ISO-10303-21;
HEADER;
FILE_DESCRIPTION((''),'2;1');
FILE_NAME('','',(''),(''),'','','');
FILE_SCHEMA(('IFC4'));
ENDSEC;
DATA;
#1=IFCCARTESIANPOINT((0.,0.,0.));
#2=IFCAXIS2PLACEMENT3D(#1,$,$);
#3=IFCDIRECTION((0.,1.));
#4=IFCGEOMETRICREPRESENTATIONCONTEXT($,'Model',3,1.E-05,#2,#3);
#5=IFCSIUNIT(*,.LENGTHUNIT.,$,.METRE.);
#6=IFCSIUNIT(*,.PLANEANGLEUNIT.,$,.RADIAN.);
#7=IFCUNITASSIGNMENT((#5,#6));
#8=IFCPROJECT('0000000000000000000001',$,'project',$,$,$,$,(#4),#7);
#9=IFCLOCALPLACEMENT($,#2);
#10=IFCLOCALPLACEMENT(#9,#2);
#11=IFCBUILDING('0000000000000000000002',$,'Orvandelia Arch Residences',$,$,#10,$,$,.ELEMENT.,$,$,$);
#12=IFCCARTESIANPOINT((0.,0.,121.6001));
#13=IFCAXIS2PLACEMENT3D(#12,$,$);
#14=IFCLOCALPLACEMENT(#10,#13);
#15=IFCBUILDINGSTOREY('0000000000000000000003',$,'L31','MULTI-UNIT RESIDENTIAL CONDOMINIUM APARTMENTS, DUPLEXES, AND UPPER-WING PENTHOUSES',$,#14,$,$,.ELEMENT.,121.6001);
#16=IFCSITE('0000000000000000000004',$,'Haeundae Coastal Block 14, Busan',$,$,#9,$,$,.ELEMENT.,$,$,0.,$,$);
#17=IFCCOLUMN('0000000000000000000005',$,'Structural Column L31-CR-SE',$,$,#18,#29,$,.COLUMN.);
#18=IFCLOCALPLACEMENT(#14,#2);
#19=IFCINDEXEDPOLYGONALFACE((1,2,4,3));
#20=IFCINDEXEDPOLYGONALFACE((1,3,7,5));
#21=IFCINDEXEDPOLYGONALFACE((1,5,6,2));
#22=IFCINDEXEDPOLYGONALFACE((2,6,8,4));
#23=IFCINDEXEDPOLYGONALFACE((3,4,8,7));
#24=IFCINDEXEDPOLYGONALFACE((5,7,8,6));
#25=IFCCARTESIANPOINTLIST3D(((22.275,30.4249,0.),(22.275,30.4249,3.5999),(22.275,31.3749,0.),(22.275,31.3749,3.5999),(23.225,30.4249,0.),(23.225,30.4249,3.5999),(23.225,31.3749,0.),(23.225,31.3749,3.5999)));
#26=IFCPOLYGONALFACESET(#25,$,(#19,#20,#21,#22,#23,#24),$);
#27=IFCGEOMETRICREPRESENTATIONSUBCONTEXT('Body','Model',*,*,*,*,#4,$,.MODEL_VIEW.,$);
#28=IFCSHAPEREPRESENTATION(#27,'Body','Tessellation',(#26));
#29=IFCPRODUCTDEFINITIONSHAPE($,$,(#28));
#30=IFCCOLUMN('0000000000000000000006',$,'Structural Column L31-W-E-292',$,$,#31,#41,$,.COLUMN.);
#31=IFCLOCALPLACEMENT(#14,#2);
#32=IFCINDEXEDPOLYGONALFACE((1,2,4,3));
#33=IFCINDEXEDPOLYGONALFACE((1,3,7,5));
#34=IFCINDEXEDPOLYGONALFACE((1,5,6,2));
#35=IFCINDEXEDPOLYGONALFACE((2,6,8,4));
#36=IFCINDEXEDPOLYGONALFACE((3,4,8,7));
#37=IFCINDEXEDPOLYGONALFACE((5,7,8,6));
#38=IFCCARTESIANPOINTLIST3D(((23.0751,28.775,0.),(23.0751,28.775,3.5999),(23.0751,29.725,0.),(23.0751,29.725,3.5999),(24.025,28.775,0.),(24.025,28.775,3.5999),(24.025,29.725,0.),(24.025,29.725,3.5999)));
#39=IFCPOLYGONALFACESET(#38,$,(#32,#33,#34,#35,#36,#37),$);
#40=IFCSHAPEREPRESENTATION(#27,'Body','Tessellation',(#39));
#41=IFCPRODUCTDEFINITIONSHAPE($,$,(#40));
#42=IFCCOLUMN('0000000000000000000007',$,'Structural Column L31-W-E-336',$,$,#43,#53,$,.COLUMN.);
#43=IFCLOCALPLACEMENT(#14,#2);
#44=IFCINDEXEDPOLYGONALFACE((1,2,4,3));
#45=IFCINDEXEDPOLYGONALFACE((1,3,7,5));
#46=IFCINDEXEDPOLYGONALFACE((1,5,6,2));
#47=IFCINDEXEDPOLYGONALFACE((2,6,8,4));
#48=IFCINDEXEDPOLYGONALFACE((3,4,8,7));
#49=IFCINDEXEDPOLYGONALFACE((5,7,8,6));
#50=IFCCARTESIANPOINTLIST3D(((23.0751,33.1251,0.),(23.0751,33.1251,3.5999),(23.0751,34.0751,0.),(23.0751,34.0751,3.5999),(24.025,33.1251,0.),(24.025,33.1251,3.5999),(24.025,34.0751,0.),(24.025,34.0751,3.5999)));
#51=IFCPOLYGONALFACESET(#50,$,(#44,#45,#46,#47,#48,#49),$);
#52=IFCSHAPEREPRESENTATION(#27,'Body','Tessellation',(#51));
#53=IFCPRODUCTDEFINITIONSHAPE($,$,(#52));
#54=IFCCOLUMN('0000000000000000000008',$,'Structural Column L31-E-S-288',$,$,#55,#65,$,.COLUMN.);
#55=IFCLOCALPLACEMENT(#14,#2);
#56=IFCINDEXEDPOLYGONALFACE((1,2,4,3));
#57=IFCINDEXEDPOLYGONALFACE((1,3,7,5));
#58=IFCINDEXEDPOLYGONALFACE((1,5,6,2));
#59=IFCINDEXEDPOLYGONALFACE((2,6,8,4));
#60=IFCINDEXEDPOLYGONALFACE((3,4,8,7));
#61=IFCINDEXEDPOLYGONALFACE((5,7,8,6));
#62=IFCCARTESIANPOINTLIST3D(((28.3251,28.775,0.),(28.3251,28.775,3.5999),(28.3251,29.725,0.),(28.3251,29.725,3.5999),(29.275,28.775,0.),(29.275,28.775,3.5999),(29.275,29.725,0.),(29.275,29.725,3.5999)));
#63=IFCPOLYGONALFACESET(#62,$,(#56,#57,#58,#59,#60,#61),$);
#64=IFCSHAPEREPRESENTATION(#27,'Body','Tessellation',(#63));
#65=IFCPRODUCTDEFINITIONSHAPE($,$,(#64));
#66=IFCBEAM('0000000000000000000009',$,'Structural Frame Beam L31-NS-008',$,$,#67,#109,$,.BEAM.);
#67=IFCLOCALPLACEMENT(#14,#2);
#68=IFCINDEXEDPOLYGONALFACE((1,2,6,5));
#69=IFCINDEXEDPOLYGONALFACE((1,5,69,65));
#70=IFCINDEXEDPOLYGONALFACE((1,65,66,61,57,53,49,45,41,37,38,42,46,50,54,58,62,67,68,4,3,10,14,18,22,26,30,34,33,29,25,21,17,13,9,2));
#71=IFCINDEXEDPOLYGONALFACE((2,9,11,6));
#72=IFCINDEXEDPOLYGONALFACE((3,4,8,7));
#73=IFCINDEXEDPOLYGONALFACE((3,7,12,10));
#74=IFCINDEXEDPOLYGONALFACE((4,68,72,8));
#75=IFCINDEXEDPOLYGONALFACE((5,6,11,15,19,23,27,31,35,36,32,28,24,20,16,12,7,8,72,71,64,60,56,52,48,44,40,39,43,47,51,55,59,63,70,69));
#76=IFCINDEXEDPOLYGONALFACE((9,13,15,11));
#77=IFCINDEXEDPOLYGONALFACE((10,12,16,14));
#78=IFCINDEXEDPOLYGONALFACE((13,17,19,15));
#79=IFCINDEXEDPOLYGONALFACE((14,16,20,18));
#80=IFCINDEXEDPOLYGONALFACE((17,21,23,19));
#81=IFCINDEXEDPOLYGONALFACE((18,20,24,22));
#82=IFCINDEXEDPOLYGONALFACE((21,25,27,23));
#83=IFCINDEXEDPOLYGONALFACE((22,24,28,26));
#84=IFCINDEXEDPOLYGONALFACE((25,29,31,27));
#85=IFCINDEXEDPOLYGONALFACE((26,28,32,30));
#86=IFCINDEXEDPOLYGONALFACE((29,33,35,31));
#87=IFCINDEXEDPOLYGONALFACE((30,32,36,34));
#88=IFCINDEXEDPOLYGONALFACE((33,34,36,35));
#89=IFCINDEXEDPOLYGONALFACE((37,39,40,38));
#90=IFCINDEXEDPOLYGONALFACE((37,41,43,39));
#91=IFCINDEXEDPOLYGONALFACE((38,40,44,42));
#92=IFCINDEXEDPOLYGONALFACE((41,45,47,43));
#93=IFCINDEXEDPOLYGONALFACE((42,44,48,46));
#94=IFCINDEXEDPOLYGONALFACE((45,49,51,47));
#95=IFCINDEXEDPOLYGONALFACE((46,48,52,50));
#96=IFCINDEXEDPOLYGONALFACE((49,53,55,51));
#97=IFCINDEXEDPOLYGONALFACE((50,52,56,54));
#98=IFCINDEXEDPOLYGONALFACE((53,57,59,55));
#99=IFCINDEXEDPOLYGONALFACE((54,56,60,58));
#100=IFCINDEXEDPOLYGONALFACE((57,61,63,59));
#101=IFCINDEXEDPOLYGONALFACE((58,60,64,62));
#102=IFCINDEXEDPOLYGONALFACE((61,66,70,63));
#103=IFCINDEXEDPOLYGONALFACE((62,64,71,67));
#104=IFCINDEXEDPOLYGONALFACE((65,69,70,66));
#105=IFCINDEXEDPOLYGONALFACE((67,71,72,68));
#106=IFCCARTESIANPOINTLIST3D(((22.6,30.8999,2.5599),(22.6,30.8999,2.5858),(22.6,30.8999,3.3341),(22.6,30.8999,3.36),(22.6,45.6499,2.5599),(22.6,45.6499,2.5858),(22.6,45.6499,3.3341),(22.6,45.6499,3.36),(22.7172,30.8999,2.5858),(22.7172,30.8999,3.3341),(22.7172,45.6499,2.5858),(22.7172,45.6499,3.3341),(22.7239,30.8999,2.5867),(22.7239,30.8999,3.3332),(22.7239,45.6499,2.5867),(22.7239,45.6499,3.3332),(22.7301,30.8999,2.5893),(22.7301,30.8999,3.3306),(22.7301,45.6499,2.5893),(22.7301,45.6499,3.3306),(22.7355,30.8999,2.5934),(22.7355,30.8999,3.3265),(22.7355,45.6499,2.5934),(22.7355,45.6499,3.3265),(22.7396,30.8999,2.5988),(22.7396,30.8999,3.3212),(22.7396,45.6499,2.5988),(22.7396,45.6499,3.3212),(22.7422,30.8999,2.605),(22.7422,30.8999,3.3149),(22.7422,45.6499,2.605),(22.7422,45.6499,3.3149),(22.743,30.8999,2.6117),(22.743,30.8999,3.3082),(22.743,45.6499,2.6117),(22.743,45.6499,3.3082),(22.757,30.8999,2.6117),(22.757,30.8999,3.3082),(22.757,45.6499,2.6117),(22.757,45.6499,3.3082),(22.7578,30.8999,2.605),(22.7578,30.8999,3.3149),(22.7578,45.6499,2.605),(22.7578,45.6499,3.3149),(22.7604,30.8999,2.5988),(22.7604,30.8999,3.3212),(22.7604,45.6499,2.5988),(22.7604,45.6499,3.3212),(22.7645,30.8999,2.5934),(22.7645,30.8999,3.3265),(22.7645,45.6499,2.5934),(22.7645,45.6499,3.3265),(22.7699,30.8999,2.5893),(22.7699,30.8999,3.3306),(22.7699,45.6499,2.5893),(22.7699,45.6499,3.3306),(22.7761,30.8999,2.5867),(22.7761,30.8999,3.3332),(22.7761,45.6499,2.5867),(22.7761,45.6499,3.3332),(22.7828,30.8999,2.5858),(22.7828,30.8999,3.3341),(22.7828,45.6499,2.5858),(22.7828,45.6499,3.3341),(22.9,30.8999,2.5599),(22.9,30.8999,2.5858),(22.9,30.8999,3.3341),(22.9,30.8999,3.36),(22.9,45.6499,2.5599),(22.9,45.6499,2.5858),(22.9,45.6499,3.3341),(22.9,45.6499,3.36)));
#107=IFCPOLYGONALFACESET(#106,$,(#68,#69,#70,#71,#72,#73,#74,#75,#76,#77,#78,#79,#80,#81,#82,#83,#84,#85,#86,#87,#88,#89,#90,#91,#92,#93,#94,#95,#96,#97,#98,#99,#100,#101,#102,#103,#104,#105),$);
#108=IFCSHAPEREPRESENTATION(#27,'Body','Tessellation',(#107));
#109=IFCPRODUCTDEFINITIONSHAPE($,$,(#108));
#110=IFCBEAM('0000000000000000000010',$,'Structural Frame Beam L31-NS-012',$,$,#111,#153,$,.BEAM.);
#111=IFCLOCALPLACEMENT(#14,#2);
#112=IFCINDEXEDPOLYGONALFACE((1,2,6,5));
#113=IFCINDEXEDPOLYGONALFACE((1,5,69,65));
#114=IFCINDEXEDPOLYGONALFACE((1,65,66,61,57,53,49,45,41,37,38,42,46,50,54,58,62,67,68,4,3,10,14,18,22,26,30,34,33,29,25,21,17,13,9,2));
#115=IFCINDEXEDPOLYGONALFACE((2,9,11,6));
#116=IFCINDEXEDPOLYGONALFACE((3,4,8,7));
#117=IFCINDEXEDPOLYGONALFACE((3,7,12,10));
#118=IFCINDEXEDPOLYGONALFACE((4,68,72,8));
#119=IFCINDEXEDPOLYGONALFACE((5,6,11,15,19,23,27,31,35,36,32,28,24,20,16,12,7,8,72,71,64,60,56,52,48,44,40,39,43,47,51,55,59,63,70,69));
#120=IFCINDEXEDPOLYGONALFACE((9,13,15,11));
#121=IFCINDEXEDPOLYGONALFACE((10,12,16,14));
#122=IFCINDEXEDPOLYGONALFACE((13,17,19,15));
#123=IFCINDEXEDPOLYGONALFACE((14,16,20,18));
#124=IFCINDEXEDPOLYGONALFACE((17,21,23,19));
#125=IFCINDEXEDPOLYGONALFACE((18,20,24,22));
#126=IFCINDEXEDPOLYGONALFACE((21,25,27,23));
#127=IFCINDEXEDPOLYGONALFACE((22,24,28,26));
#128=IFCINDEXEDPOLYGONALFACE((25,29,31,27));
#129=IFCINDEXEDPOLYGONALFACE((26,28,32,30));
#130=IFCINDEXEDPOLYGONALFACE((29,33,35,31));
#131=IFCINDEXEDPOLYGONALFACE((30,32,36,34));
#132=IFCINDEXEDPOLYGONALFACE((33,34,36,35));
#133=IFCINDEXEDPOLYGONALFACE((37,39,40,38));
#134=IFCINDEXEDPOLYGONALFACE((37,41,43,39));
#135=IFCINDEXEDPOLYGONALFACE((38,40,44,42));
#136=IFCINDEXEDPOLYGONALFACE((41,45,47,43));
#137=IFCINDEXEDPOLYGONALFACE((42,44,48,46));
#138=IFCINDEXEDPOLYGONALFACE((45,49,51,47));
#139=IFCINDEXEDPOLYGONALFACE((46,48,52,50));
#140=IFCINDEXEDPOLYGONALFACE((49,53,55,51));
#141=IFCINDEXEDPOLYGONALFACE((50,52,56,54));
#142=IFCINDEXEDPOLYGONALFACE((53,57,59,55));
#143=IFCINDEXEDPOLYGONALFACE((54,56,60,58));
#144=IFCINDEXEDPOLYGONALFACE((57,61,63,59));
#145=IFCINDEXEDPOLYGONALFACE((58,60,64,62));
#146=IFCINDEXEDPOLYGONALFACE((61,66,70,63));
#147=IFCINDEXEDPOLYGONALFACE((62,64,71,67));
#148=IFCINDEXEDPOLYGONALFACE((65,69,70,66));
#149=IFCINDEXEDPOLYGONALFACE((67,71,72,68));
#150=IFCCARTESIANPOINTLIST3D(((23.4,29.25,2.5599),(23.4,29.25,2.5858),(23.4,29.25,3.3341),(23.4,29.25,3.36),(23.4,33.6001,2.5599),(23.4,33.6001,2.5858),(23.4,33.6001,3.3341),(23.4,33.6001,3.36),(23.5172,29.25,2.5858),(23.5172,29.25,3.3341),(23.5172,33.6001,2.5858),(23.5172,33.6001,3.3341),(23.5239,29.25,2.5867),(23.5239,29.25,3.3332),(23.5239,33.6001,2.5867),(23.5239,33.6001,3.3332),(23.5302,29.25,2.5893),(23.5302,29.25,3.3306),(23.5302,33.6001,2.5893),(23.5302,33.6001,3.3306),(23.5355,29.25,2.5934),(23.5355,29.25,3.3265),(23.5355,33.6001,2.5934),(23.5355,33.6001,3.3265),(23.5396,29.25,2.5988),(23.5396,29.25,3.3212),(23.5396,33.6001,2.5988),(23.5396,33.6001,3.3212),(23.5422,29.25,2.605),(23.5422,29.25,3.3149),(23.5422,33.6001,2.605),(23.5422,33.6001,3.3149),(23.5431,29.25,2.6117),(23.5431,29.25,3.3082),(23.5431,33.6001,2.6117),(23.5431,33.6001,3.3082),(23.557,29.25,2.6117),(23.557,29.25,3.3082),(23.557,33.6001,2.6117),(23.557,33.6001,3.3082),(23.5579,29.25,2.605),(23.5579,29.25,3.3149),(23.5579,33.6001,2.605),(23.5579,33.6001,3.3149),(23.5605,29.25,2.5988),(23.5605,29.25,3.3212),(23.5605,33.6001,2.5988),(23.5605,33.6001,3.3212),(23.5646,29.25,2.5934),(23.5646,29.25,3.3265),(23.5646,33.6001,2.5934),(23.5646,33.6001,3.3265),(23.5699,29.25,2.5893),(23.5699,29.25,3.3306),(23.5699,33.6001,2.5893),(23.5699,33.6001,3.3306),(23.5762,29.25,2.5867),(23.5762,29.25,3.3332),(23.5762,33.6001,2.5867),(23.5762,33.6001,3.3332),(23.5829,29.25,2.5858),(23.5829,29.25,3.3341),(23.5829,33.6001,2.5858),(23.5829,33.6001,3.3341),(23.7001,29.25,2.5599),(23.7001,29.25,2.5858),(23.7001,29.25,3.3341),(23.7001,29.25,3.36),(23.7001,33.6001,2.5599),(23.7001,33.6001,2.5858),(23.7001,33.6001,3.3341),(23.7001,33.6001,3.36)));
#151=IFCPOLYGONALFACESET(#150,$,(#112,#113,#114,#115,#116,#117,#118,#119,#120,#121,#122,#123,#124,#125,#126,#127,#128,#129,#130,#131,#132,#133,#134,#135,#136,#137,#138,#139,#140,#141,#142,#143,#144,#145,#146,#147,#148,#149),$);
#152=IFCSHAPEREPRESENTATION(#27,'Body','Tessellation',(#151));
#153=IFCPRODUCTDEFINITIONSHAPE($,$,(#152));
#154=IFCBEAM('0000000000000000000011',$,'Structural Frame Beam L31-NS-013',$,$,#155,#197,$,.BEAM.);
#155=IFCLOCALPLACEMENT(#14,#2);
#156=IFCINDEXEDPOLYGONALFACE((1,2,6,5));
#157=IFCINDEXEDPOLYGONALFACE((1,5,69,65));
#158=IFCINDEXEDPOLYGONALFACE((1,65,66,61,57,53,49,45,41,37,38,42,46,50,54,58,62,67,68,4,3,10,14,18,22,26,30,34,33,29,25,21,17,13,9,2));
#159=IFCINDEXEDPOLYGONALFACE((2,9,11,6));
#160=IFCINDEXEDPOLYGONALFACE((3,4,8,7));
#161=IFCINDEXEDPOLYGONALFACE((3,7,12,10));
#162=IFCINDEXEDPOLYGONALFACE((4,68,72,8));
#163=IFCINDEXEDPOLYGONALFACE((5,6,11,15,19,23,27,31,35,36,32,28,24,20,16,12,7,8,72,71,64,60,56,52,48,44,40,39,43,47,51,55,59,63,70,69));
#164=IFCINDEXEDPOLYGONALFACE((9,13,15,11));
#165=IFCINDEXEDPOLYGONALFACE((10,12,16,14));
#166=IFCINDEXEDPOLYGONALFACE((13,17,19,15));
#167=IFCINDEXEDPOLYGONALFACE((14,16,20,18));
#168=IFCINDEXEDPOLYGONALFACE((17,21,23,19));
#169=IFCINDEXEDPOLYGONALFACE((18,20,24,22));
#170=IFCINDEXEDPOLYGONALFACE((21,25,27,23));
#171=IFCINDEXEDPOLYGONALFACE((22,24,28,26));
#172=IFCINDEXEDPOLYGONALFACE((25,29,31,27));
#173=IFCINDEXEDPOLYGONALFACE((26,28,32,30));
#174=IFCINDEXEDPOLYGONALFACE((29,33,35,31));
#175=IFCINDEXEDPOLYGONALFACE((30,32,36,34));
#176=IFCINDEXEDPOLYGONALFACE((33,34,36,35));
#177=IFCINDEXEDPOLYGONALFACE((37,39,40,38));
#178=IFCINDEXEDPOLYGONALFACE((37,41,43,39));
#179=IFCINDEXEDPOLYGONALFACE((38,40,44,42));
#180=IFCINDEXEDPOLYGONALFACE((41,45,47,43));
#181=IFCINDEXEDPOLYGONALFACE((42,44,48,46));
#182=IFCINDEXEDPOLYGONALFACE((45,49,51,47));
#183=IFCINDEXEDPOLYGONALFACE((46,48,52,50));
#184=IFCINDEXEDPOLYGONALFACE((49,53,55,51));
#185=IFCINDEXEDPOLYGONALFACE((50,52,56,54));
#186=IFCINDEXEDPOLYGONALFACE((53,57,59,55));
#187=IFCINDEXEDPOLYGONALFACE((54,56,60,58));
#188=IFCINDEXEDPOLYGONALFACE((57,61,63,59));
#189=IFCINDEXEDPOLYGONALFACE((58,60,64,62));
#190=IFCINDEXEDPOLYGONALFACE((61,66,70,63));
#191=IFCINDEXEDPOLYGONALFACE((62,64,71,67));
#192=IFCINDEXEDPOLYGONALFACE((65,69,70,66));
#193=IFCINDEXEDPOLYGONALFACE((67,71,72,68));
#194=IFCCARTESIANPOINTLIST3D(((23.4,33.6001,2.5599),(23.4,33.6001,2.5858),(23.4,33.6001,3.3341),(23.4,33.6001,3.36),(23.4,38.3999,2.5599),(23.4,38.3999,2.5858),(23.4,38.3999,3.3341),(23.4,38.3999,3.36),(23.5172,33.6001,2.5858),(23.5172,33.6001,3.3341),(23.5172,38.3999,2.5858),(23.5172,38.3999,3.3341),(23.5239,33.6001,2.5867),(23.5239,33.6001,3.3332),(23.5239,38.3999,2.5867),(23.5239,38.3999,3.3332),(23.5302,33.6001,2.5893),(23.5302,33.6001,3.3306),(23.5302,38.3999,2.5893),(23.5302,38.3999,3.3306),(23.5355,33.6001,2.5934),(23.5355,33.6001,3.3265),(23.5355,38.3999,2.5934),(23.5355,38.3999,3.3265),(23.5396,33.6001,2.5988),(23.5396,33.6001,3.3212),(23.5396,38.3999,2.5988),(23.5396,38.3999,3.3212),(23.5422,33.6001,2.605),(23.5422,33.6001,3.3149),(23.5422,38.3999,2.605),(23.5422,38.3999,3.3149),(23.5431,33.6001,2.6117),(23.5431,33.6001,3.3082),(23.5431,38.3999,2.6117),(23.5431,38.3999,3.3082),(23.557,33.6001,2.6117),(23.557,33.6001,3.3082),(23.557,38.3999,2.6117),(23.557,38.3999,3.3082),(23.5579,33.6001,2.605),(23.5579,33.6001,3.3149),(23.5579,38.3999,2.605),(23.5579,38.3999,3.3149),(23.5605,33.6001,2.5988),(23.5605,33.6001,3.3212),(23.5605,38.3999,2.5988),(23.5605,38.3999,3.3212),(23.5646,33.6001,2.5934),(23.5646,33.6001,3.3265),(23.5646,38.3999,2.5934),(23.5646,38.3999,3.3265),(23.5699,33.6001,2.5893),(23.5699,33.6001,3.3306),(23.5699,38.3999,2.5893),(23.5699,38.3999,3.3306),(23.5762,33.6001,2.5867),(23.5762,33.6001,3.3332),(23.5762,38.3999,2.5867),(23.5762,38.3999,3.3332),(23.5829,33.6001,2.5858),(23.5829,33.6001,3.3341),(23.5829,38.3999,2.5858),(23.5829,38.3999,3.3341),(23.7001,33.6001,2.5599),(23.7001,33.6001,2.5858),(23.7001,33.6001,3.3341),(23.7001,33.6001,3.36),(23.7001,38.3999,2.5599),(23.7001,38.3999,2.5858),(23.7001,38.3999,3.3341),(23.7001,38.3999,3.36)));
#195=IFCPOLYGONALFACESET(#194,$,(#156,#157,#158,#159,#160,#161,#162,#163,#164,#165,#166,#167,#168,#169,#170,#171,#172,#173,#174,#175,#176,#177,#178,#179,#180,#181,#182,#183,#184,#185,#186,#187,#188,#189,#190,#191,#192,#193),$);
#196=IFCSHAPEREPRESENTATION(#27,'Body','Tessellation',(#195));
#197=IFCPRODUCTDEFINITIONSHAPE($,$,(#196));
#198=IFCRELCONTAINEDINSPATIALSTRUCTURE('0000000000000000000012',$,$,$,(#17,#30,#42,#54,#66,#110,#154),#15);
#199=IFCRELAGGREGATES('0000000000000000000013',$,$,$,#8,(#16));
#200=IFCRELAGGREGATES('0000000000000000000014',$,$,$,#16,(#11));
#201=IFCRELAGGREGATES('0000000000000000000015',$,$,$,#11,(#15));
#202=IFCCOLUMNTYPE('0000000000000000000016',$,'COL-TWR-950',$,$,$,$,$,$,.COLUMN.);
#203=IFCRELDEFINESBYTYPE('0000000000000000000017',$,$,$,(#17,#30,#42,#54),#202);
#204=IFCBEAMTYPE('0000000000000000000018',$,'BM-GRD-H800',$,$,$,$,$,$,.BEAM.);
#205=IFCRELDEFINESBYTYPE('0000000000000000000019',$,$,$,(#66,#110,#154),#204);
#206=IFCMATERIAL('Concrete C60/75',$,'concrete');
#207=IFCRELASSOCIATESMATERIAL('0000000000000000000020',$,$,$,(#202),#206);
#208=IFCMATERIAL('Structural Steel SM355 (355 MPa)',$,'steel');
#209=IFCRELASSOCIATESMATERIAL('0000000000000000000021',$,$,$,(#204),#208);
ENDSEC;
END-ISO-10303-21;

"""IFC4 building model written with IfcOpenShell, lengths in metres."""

from ifc_helpers import new_model, si_unit, direction, frame, origin, origin_2d, place, context, subcontext, project, spatial, rectangle, i_section, extrude, material, material_profile, profile_set, type_object, element, save


model = new_model("IFC4")

# Units and contexts
model_context = context("Model", 3, precision=1e-05, world=origin(), true_north=direction((0.0, 1.0)))
body_context = subcontext(model_context, "Body", "Model", "MODEL_VIEW")
ifc_project = project(units=[si_unit("LENGTHUNIT", "METRE"), si_unit("PLANEANGLEUNIT", "RADIAN")], contexts=[model_context])

# Site, building, storey
site_placement = place(None, origin())
site = spatial("IfcSite", under=ifc_project, at=site_placement, Name="Haeundae Coastal Block 14, Busan", CompositionType="ELEMENT", RefElevation=0.0)
building_placement = place(site_placement, origin())
building = spatial("IfcBuilding", under=site, at=building_placement, Name="Orvandelia Arch Residences", CompositionType="ELEMENT")
storey_placement = place(building_placement, frame((0.0, 0.0, 121.6001)))
storey = spatial("IfcBuildingStorey", under=building, at=storey_placement, Name="L31", Description="MULTI-UNIT RESIDENTIAL CONDOMINIUM APARTMENTS, DUPLEXES, AND UPPER-WING PENTHOUSES", CompositionType="ELEMENT", Elevation=121.6001)

# Columns
ifc_material_1 = material(Name="Concrete C60/75", Category="concrete")
ifc_material_profile_1 = material_profile(ifc_material_1, rectangle(XDim=0.95, YDim=0.95, at=origin_2d()), Name="Concrete C60/75", Category="concrete")
ifc_profile_set_1 = profile_set([ifc_material_profile_1], Name="Concrete C60/75")
column_type = type_object("IfcColumnType", Name="COL-TWR-950", PredefinedType="COLUMN", material=ifc_profile_set_1)
for number, where, z_axis, x_axis, name in (
    (1, (22.75, 30.8999, 0.0), (0.0, 0.0, 1.0), (1.0, 0.0, 0.0), "Structural Column L31-CR-SE"),
    (2, (23.55, 29.25, 0.0), (0.0, 0.0, 1.0), (1.0, 0.0, 0.0), "Structural Column L31-W-E-292"),
    (3, (23.55, 33.6001, 0.0), (0.0, 0.0, 1.0), (1.0, 0.0, 0.0), "Structural Column L31-W-E-336"),
    (4, (28.8, 29.25, 0.0), (0.0, 0.0, 1.0), (1.0, 0.0, 0.0), "Structural Column L31-E-S-288"),
):
    element("IfcColumn", number, at=place(storey_placement, frame(where, z_axis=z_axis, x_axis=x_axis)), inside=storey, type_object=column_type, Name=name, PredefinedType="COLUMN", context=body_context, shape_type="SweptSolid", body=[
        extrude(rectangle(XDim=0.95, YDim=0.95, at=origin_2d()), origin(), (0.0, 0.0, 1.0), 3.5999),
    ])

# Beams
ifc_material_2 = material(Name="Structural Steel SM355 (355 MPa)", Category="steel")
ifc_material_profile_2 = material_profile(ifc_material_2, i_section(OverallWidth=0.3, OverallDepth=0.8, WebThickness=0.0139, FlangeThickness=0.0259, FilletRadius=0.0259, at=origin_2d()), Name="Structural Steel SM355 (355 MPa)", Category="steel")
ifc_profile_set_2 = profile_set([ifc_material_profile_2], Name="Structural Steel SM355 (355 MPa)")
beam_type = type_object("IfcBeamType", Name="BM-GRD-H800", PredefinedType="BEAM", material=ifc_profile_set_2)
beam_1_placement = place(storey_placement, frame((22.75, 30.8999, 2.96), z_axis=(0.0, 1.0, 0.0), x_axis=(-1.0, 0.0, 0.0)))
element("IfcBeam", 5, at=beam_1_placement, inside=storey, type_object=beam_type, Name="Structural Frame Beam L31-NS-008", PredefinedType="BEAM", context=body_context, shape_type="SweptSolid", body=[
    extrude(i_section(OverallWidth=0.3, OverallDepth=0.8, WebThickness=0.0139, FlangeThickness=0.0259, FilletRadius=0.0259, at=origin_2d()), origin(), (0.0, 0.0, 1.0), 14.75),
])
beam_2_placement = place(storey_placement, frame((23.55, 29.25, 2.96), z_axis=(0.0, 1.0, 0.0), x_axis=(-1.0, 0.0, 0.0)))
element("IfcBeam", 6, at=beam_2_placement, inside=storey, type_object=beam_type, Name="Structural Frame Beam L31-NS-012", PredefinedType="BEAM", context=body_context, shape_type="SweptSolid", body=[
    extrude(i_section(OverallWidth=0.3, OverallDepth=0.8, WebThickness=0.0139, FlangeThickness=0.0259, FilletRadius=0.0259, at=origin_2d()), origin(), (0.0, 0.0, 1.0), 4.3501),
])
beam_3_placement = place(storey_placement, frame((23.55, 33.6001, 2.96), z_axis=(0.0, 1.0, 0.0), x_axis=(-1.0, 0.0, 0.0)))
element("IfcBeam", 7, at=beam_3_placement, inside=storey, type_object=beam_type, Name="Structural Frame Beam L31-NS-013", PredefinedType="BEAM", context=body_context, shape_type="SweptSolid", body=[
    extrude(i_section(OverallWidth=0.3, OverallDepth=0.8, WebThickness=0.0139, FlangeThickness=0.0259, FilletRadius=0.0259, at=origin_2d()), origin(), (0.0, 0.0, 1.0), 4.7998),
])

save(model, "model.ifc")
